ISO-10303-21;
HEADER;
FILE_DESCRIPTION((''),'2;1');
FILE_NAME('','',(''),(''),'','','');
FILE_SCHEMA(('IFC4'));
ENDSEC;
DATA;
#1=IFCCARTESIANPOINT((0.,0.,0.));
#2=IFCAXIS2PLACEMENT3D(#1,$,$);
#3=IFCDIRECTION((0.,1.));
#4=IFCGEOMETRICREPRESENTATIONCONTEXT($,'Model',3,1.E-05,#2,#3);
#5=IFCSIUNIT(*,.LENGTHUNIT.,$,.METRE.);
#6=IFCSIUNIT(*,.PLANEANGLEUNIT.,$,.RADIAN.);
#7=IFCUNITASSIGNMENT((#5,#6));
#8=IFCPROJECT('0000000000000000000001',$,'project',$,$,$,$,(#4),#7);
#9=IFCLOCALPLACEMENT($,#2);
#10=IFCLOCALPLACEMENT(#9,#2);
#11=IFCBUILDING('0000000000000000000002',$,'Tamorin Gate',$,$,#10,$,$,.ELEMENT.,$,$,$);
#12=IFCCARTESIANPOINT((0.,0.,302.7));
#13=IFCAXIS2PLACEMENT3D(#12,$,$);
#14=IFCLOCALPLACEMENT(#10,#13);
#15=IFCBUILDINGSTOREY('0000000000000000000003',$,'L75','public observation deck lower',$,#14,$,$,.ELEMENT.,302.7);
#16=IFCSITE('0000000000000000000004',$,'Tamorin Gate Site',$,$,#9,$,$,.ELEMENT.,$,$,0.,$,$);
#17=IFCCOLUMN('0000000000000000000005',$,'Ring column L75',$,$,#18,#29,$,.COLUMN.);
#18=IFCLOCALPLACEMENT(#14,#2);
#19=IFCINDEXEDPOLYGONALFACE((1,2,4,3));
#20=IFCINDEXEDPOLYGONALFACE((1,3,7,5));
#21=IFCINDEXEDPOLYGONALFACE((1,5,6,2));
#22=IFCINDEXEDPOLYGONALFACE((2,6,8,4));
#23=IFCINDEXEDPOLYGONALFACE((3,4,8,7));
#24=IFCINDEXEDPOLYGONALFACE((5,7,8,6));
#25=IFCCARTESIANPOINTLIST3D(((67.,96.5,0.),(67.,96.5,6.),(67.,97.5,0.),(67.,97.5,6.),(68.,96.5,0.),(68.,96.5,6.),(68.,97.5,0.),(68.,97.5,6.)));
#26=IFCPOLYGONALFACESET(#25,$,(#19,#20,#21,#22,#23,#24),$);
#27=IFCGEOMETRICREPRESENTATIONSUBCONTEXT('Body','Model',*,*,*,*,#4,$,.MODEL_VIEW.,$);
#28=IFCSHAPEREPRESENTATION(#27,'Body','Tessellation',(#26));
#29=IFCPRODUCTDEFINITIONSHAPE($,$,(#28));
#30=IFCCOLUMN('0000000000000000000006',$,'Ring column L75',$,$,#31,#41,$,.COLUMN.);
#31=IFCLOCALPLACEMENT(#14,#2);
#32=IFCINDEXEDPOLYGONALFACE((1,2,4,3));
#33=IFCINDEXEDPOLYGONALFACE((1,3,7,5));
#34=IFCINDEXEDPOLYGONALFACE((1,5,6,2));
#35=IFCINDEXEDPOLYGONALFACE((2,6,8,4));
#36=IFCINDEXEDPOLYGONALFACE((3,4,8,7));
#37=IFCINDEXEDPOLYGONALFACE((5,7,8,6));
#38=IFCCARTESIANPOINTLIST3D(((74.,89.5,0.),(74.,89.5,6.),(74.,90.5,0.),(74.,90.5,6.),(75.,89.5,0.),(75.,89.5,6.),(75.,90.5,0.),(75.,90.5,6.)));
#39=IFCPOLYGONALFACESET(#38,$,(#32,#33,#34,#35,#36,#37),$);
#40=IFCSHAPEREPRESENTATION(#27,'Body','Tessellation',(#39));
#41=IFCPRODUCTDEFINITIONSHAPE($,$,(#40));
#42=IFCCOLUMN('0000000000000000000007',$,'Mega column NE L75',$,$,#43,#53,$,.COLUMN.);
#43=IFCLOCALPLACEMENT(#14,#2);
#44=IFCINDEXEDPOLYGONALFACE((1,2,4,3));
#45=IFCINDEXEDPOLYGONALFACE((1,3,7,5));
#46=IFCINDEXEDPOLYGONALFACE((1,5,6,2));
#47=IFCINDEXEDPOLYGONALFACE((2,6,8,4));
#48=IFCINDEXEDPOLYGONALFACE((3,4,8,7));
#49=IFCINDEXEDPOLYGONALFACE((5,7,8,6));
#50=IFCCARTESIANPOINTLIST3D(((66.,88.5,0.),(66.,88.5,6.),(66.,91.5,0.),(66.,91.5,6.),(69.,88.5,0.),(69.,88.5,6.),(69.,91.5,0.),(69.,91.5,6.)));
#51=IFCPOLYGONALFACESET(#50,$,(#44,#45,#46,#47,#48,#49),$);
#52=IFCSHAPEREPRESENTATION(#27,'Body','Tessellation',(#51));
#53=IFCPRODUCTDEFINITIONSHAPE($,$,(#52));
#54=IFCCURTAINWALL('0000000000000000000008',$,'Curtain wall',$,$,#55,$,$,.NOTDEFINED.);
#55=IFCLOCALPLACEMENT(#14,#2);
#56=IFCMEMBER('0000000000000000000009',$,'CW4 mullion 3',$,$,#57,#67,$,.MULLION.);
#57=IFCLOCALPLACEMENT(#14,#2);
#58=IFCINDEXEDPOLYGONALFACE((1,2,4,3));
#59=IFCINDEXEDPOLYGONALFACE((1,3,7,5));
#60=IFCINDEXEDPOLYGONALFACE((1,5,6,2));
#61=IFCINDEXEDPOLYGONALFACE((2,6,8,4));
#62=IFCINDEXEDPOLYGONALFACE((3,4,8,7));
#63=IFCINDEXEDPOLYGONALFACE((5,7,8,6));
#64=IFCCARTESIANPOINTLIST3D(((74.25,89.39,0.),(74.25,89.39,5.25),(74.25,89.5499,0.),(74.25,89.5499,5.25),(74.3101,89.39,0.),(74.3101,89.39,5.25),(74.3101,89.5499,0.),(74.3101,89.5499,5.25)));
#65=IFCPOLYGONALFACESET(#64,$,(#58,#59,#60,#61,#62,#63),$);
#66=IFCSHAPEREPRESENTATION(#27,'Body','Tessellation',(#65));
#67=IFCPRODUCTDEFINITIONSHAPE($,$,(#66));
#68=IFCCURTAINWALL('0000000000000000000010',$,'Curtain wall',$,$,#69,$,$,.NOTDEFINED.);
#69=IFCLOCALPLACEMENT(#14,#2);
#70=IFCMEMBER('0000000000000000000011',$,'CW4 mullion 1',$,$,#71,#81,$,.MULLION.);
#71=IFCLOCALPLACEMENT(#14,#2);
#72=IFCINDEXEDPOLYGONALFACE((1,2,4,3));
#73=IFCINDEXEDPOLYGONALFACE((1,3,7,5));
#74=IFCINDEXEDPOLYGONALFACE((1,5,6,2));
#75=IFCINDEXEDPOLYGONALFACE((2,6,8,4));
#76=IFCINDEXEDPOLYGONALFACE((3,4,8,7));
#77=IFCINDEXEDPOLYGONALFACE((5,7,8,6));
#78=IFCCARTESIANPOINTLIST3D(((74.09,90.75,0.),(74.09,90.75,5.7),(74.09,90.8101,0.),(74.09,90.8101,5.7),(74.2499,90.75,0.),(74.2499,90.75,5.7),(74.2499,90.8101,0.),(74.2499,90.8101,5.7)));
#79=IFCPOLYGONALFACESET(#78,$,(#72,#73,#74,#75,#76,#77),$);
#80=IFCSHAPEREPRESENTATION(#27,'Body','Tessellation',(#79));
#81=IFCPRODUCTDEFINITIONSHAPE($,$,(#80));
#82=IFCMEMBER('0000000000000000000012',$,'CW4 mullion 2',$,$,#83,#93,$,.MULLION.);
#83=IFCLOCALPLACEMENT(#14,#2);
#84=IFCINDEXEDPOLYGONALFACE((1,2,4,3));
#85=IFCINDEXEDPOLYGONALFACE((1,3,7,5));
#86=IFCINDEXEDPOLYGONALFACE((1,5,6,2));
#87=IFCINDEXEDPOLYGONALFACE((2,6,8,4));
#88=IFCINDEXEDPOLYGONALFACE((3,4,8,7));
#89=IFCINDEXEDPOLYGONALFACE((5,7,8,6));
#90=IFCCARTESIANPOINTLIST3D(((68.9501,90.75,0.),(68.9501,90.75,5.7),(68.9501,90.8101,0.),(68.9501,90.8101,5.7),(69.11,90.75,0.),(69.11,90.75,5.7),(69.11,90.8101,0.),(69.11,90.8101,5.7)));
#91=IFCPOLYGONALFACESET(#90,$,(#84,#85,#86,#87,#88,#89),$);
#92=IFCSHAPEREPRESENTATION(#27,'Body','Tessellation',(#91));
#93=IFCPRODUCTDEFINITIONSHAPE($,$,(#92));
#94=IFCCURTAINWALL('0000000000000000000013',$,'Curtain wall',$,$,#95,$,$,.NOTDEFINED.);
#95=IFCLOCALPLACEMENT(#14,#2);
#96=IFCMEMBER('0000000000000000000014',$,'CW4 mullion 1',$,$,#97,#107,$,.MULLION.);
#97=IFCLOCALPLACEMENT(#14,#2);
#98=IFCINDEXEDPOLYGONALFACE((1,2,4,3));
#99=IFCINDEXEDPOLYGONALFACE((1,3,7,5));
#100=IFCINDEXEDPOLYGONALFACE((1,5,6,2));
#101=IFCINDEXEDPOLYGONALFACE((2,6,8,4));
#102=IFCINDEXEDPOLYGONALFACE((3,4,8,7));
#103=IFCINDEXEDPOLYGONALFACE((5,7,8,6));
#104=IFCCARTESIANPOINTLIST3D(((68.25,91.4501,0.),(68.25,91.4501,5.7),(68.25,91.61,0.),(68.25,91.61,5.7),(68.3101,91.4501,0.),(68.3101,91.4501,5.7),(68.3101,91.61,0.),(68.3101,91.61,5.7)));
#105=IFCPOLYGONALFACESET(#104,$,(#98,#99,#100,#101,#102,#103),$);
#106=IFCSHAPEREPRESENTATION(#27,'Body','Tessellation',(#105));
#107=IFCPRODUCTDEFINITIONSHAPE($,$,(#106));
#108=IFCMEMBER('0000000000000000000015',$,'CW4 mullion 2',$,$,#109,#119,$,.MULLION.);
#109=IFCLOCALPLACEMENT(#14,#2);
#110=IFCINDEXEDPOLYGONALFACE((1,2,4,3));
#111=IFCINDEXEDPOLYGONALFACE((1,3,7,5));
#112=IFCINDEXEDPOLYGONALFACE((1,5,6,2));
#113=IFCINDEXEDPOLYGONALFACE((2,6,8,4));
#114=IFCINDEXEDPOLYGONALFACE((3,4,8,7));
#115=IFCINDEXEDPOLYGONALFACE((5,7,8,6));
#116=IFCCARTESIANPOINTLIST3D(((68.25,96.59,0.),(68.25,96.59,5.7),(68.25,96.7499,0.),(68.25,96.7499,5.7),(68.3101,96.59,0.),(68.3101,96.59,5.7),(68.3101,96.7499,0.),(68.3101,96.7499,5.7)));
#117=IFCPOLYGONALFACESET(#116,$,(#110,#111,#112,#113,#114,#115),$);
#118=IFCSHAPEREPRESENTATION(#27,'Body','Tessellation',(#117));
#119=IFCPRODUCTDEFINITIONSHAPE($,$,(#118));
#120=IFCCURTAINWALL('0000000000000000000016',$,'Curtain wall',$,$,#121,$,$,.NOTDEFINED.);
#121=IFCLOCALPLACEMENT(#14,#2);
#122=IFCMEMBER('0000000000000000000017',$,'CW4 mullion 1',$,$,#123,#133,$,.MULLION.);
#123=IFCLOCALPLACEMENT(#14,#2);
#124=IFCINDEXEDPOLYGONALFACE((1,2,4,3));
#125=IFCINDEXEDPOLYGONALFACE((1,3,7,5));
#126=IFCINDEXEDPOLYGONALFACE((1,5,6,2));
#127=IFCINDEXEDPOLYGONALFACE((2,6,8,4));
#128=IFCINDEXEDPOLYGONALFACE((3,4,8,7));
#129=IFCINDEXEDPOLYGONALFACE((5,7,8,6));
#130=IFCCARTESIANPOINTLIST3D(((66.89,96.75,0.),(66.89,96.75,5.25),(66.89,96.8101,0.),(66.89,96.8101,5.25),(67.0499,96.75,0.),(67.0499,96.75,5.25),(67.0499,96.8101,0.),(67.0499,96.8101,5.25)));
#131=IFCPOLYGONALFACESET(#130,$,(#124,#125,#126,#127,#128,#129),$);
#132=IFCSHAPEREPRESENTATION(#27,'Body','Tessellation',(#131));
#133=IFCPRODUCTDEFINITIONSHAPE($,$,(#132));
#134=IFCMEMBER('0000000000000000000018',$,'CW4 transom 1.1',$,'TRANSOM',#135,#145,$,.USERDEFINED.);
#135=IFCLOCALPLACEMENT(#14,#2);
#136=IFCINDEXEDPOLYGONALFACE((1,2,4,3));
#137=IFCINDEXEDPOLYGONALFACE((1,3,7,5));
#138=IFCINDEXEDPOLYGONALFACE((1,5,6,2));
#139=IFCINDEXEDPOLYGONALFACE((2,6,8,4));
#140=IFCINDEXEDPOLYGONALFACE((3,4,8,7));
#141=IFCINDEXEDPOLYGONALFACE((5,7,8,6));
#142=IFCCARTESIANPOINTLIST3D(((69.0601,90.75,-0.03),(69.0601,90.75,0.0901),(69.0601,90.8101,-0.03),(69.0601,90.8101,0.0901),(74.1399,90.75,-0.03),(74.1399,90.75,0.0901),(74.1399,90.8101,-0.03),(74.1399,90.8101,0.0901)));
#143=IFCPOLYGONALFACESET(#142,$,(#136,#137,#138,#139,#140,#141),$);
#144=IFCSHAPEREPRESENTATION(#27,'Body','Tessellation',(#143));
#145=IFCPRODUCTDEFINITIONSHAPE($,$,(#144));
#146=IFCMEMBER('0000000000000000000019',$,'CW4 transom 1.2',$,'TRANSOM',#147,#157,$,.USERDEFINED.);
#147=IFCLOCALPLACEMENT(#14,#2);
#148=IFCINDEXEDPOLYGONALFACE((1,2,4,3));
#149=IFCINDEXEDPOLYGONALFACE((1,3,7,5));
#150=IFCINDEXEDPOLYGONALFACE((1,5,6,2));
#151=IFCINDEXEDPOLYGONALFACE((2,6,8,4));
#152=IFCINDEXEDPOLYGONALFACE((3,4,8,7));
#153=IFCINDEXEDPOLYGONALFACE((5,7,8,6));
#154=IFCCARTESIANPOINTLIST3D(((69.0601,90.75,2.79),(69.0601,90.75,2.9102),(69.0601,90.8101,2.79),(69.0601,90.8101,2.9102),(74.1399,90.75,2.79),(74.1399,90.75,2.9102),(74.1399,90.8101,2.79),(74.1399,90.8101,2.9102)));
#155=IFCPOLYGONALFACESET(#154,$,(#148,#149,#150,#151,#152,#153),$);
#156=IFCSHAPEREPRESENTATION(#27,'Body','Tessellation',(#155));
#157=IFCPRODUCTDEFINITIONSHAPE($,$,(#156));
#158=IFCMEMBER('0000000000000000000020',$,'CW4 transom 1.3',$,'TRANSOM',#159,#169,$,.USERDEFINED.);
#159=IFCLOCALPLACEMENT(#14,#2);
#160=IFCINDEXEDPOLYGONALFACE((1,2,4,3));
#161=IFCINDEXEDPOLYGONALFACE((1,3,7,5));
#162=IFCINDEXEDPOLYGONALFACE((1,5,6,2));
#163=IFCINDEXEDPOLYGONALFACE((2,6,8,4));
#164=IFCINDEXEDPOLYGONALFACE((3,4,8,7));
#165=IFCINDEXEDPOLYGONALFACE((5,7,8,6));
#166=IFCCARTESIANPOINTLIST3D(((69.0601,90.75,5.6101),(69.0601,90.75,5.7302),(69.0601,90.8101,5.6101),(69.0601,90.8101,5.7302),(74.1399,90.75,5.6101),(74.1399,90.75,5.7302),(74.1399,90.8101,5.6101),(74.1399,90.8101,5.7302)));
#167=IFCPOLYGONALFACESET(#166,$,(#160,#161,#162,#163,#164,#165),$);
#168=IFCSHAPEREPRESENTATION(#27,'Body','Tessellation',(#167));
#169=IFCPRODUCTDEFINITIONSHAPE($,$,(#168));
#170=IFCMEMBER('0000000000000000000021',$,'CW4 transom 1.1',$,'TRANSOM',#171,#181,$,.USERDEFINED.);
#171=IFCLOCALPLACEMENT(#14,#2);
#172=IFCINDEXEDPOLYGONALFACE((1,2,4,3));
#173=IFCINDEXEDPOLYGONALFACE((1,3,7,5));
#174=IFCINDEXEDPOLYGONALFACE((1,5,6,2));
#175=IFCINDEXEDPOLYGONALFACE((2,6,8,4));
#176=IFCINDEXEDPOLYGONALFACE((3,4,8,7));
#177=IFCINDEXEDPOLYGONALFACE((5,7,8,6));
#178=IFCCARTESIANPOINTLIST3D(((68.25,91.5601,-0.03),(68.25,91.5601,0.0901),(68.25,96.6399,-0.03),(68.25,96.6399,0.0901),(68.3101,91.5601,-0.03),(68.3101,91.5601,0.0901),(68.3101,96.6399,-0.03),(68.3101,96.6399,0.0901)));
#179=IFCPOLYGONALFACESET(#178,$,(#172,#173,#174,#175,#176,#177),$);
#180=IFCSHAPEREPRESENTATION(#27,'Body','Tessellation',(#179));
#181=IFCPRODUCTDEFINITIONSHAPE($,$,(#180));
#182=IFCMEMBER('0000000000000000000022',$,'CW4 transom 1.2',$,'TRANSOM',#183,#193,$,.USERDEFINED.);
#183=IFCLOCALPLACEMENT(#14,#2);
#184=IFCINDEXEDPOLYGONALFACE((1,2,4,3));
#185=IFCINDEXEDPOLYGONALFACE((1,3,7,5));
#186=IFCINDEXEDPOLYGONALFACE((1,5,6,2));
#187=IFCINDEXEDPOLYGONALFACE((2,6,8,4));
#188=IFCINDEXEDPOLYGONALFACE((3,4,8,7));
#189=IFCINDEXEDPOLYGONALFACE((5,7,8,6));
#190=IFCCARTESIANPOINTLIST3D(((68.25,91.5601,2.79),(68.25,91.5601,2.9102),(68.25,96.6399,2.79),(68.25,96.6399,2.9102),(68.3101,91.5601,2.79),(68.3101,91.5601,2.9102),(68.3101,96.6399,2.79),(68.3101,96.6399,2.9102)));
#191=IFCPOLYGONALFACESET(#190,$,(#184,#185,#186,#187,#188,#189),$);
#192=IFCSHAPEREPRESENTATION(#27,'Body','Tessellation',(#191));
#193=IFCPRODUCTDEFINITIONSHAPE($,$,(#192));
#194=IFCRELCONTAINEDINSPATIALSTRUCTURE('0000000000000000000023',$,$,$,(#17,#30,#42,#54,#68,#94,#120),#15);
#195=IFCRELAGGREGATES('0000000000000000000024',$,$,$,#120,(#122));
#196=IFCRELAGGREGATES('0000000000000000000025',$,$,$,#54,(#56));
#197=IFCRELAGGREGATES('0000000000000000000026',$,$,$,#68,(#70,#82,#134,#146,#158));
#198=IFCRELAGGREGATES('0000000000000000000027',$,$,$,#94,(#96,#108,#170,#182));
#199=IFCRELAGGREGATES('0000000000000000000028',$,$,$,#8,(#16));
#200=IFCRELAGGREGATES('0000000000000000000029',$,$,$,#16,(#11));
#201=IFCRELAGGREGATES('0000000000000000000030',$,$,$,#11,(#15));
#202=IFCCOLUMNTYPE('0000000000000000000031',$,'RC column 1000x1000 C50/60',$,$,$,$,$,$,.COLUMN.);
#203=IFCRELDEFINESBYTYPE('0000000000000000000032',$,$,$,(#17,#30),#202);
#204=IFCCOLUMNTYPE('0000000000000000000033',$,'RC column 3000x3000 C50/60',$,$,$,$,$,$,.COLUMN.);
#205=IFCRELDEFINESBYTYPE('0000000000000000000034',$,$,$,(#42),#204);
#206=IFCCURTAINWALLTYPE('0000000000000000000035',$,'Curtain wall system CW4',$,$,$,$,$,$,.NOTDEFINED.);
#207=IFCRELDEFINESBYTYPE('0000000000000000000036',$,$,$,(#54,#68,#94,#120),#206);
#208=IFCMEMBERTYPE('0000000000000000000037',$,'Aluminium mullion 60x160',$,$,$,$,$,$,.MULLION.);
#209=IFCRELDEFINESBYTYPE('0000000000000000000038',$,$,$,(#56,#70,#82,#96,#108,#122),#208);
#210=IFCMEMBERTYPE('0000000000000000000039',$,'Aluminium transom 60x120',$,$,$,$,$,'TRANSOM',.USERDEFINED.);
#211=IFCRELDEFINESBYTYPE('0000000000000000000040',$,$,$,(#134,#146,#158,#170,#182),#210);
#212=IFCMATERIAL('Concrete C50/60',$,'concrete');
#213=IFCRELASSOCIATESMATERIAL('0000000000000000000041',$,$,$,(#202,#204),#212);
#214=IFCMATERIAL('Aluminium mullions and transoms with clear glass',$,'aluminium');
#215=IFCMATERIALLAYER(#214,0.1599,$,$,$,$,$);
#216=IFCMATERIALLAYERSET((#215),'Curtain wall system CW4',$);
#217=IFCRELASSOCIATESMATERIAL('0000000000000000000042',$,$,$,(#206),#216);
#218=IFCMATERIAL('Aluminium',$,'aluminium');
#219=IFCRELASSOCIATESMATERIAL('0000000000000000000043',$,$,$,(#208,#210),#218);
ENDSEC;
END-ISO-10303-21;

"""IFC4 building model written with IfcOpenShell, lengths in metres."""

from ifc_helpers import new_model, si_unit, direction, frame, origin, origin_2d, place, context, subcontext, project, spatial, rectangle, extrude, material, layer, layer_set, material_profile, profile_set, type_object, element, aggregate, save


model = new_model("IFC4")

# Units and contexts
model_context = context("Model", 3, precision=1e-05, world=origin(), true_north=direction((0.0, 1.0)))
body_context = subcontext(model_context, "Body", "Model", "MODEL_VIEW")
ifc_project = project(units=[si_unit("LENGTHUNIT", "METRE"), si_unit("PLANEANGLEUNIT", "RADIAN")], contexts=[model_context])

# Site, building, storey
site_placement = place(None, origin())
site = spatial("IfcSite", under=ifc_project, at=site_placement, Name="Tamorin Gate Site", CompositionType="ELEMENT", RefElevation=0.0)
building_placement = place(site_placement, origin())
building = spatial("IfcBuilding", under=site, at=building_placement, Name="Tamorin Gate", CompositionType="ELEMENT")
storey_placement = place(building_placement, frame((0.0, 0.0, 302.7)))
storey = spatial("IfcBuildingStorey", under=building, at=storey_placement, Name="L75", Description="public observation deck lower", CompositionType="ELEMENT", Elevation=302.7)

# Columns
ifc_material_1 = material(Name="Concrete C50/60", Category="concrete")
ifc_material_profile_1 = material_profile(ifc_material_1, rectangle(XDim=1.0, YDim=1.0, at=origin_2d()), Name="RC 1000x1000")
ifc_profile_set_1 = profile_set([ifc_material_profile_1], Name="Concrete C50/60")
column_type_1 = type_object("IfcColumnType", Name="RC column 1000x1000 C50/60", PredefinedType="COLUMN", material=ifc_profile_set_1)
for number, where, z_axis, x_axis, name in (
    (1, (67.5, 97.0, 0.0), (0.0, 0.0, 1.0), (1.0, 0.0, 0.0), "Ring column L75"),
    (2, (74.5, 90.0, 0.0), (0.0, 0.0, 1.0), (1.0, 0.0, 0.0), "Ring column L75"),
):
    element("IfcColumn", number, at=place(storey_placement, frame(where, z_axis=z_axis, x_axis=x_axis)), inside=storey, type_object=column_type_1, Name=name, PredefinedType="COLUMN", context=body_context, shape_type="SweptSolid", body=[
        extrude(rectangle(XDim=1.0, YDim=1.0, at=origin_2d()), origin(), (0.0, 0.0, 1.0), 6.0),
    ])
ifc_material_profile_2 = material_profile(ifc_material_1, rectangle(XDim=3.0, YDim=3.0, at=origin_2d()), Name="RC 3000x3000")
ifc_profile_set_2 = profile_set([ifc_material_profile_2], Name="Concrete C50/60")
column_type_2 = type_object("IfcColumnType", Name="RC column 3000x3000 C50/60", PredefinedType="COLUMN", material=ifc_profile_set_2)
column_placement = place(storey_placement, frame((67.5, 90.0, 0.0), z_axis=(0.0, 0.0, 1.0), x_axis=(1.0, 0.0, 0.0)))
element("IfcColumn", 3, at=column_placement, inside=storey, type_object=column_type_2, Name="Mega column NE L75", PredefinedType="COLUMN", context=body_context, shape_type="SweptSolid", body=[
    extrude(rectangle(XDim=3.0, YDim=3.0, at=origin_2d()), origin(), (0.0, 0.0, 1.0), 6.0),
])

# Curtain wall, member
ifc_material_2 = material(Name="Aluminium mullions and transoms with clear glass", Category="aluminium")
ifc_layer_1 = layer(ifc_material_2, 0.1599)
ifc_layer_set_1 = layer_set([ifc_layer_1], Name="Curtain wall system CW4")
curtain_wall_type = type_object("IfcCurtainWallType", Name="Curtain wall system CW4", PredefinedType="NOTDEFINED", material=ifc_layer_set_1)
curtain_wall_1_placement = place(storey_placement, origin())
curtain_wall_1 = element("IfcCurtainWall", 4, at=curtain_wall_1_placement, inside=storey, type_object=curtain_wall_type, Name="Curtain wall", PredefinedType="NOTDEFINED")
ifc_material_3 = material(Name="Aluminium", Category="aluminium")
ifc_material_profile_3 = material_profile(ifc_material_3, rectangle(XDim=0.0601, YDim=0.1599, at=origin_2d()), Name="RECT 60x160")
ifc_profile_set_3 = profile_set([ifc_material_profile_3], Name="Aluminium")
member_type_1 = type_object("IfcMemberType", Name="Aluminium mullion 60x160", PredefinedType="MULLION", material=ifc_profile_set_3)
member_1_placement = place(storey_placement, frame((74.28, 89.47, 0.0), z_axis=(0.0, 0.0, 1.0), x_axis=(-1.0, 0.0, 0.0)))
member_1 = element("IfcMember", 5, at=member_1_placement, type_object=member_type_1, Name="CW4 mullion 3", PredefinedType="MULLION", context=body_context, shape_type="SweptSolid", body=[
    extrude(rectangle(XDim=0.0601, YDim=0.1599, at=origin_2d()), origin(), (0.0, 0.0, 1.0), 5.25),
])

# Curtain walls, members
curtain_wall_2_placement = place(storey_placement, origin())
curtain_wall_2 = element("IfcCurtainWall", 6, at=curtain_wall_2_placement, inside=storey, type_object=curtain_wall_type, Name="Curtain wall", PredefinedType="NOTDEFINED")
member_2_placement = place(storey_placement, frame((74.1699, 90.78, 0.0), z_axis=(0.0, 0.0, 1.0), x_axis=(0.0, -1.0, 0.0)))
member_2 = element("IfcMember", 7, at=member_2_placement, type_object=member_type_1, Name="CW4 mullion 1", PredefinedType="MULLION", context=body_context, shape_type="SweptSolid", body=[
    extrude(rectangle(XDim=0.0601, YDim=0.1599, at=origin_2d()), origin(), (0.0, 0.0, 1.0), 5.7),
])
member_3_placement = place(storey_placement, frame((69.03, 90.78, 0.0), z_axis=(0.0, 0.0, 1.0), x_axis=(0.0, -1.0, 0.0)))
member_3 = element("IfcMember", 8, at=member_3_placement, type_object=member_type_1, Name="CW4 mullion 2", PredefinedType="MULLION", context=body_context, shape_type="SweptSolid", body=[
    extrude(rectangle(XDim=0.0601, YDim=0.1599, at=origin_2d()), origin(), (0.0, 0.0, 1.0), 5.7),
])
curtain_wall_3_placement = place(storey_placement, origin())
curtain_wall_3 = element("IfcCurtainWall", 9, at=curtain_wall_3_placement, inside=storey, type_object=curtain_wall_type, Name="Curtain wall", PredefinedType="NOTDEFINED")
member_4_placement = place(storey_placement, frame((68.28, 91.53, 0.0), z_axis=(0.0, 0.0, 1.0), x_axis=(-1.0, 0.0, 0.0)))
member_4 = element("IfcMember", 10, at=member_4_placement, type_object=member_type_1, Name="CW4 mullion 1", PredefinedType="MULLION", context=body_context, shape_type="SweptSolid", body=[
    extrude(rectangle(XDim=0.0601, YDim=0.1599, at=origin_2d()), origin(), (0.0, 0.0, 1.0), 5.7),
])
member_5_placement = place(storey_placement, frame((68.28, 96.6699, 0.0), z_axis=(0.0, 0.0, 1.0), x_axis=(-1.0, 0.0, 0.0)))
member_5 = element("IfcMember", 11, at=member_5_placement, type_object=member_type_1, Name="CW4 mullion 2", PredefinedType="MULLION", context=body_context, shape_type="SweptSolid", body=[
    extrude(rectangle(XDim=0.0601, YDim=0.1599, at=origin_2d()), origin(), (0.0, 0.0, 1.0), 5.7),
])

# Curtain wall, member
curtain_wall_4_placement = place(storey_placement, origin())
curtain_wall_4 = element("IfcCurtainWall", 12, at=curtain_wall_4_placement, inside=storey, type_object=curtain_wall_type, Name="Curtain wall", PredefinedType="NOTDEFINED")
member_6_placement = place(storey_placement, frame((66.97, 96.78, 0.0), z_axis=(0.0, 0.0, 1.0), x_axis=(0.0, -1.0, 0.0)))
member_6 = element("IfcMember", 13, at=member_6_placement, type_object=member_type_1, Name="CW4 mullion 1", PredefinedType="MULLION", context=body_context, shape_type="SweptSolid", body=[
    extrude(rectangle(XDim=0.0601, YDim=0.1599, at=origin_2d()), origin(), (0.0, 0.0, 1.0), 5.25),
])

# Members
ifc_material_profile_4 = material_profile(ifc_material_3, rectangle(XDim=0.0601, YDim=0.1201, at=origin_2d()), Name="RECT 60x120")
ifc_profile_set_4 = profile_set([ifc_material_profile_4], Name="Aluminium")
member_type_2 = type_object("IfcMemberType", Name="Aluminium transom 60x120", ElementType="TRANSOM", PredefinedType="USERDEFINED", material=ifc_profile_set_4)
member_7_placement = place(storey_placement, frame((74.1399, 90.78, 0.03), z_axis=(-1.0, 0.0, 0.0), x_axis=(0.0, -1.0, 0.0)))
member_7 = element("IfcMember", 14, at=member_7_placement, type_object=member_type_2, Name="CW4 transom 1.1", ObjectType="TRANSOM", PredefinedType="USERDEFINED", context=body_context, shape_type="SweptSolid", body=[
    extrude(rectangle(XDim=0.0601, YDim=0.1201, at=origin_2d()), origin(), (0.0, 0.0, 1.0), 5.0798),
])
member_8_placement = place(storey_placement, frame((74.1399, 90.78, 2.8501), z_axis=(-1.0, 0.0, 0.0), x_axis=(0.0, -1.0, 0.0)))
member_8 = element("IfcMember", 15, at=member_8_placement, type_object=member_type_2, Name="CW4 transom 1.2", ObjectType="TRANSOM", PredefinedType="USERDEFINED", context=body_context, shape_type="SweptSolid", body=[
    extrude(rectangle(XDim=0.0601, YDim=0.1201, at=origin_2d()), origin(), (0.0, 0.0, 1.0), 5.0798),
])
member_9_placement = place(storey_placement, frame((74.1399, 90.78, 5.6702), z_axis=(-1.0, 0.0, 0.0), x_axis=(0.0, -1.0, 0.0)))
member_9 = element("IfcMember", 16, at=member_9_placement, type_object=member_type_2, Name="CW4 transom 1.3", ObjectType="TRANSOM", PredefinedType="USERDEFINED", context=body_context, shape_type="SweptSolid", body=[
    extrude(rectangle(XDim=0.0601, YDim=0.1201, at=origin_2d()), origin(), (0.0, 0.0, 1.0), 5.0798),
])
member_10_placement = place(storey_placement, frame((68.28, 91.5601, 0.03), z_axis=(0.0, 1.0, 0.0), x_axis=(-1.0, 0.0, 0.0)))
member_10 = element("IfcMember", 17, at=member_10_placement, type_object=member_type_2, Name="CW4 transom 1.1", ObjectType="TRANSOM", PredefinedType="USERDEFINED", context=body_context, shape_type="SweptSolid", body=[
    extrude(rectangle(XDim=0.0601, YDim=0.1201, at=origin_2d()), origin(), (0.0, 0.0, 1.0), 5.0798),
])
member_11_placement = place(storey_placement, frame((68.28, 91.5601, 2.8501), z_axis=(0.0, 1.0, 0.0), x_axis=(-1.0, 0.0, 0.0)))
member_11 = element("IfcMember", 18, at=member_11_placement, type_object=member_type_2, Name="CW4 transom 1.2", ObjectType="TRANSOM", PredefinedType="USERDEFINED", context=body_context, shape_type="SweptSolid", body=[
    extrude(rectangle(XDim=0.0601, YDim=0.1201, at=origin_2d()), origin(), (0.0, 0.0, 1.0), 5.0798),
])
aggregate(curtain_wall_4, [member_6])

aggregate(curtain_wall_1, [member_1])
aggregate(curtain_wall_2, [member_2, member_3, member_7, member_8, member_9])
aggregate(curtain_wall_3, [member_4, member_5, member_10, member_11])

save(model, "model.ifc")
